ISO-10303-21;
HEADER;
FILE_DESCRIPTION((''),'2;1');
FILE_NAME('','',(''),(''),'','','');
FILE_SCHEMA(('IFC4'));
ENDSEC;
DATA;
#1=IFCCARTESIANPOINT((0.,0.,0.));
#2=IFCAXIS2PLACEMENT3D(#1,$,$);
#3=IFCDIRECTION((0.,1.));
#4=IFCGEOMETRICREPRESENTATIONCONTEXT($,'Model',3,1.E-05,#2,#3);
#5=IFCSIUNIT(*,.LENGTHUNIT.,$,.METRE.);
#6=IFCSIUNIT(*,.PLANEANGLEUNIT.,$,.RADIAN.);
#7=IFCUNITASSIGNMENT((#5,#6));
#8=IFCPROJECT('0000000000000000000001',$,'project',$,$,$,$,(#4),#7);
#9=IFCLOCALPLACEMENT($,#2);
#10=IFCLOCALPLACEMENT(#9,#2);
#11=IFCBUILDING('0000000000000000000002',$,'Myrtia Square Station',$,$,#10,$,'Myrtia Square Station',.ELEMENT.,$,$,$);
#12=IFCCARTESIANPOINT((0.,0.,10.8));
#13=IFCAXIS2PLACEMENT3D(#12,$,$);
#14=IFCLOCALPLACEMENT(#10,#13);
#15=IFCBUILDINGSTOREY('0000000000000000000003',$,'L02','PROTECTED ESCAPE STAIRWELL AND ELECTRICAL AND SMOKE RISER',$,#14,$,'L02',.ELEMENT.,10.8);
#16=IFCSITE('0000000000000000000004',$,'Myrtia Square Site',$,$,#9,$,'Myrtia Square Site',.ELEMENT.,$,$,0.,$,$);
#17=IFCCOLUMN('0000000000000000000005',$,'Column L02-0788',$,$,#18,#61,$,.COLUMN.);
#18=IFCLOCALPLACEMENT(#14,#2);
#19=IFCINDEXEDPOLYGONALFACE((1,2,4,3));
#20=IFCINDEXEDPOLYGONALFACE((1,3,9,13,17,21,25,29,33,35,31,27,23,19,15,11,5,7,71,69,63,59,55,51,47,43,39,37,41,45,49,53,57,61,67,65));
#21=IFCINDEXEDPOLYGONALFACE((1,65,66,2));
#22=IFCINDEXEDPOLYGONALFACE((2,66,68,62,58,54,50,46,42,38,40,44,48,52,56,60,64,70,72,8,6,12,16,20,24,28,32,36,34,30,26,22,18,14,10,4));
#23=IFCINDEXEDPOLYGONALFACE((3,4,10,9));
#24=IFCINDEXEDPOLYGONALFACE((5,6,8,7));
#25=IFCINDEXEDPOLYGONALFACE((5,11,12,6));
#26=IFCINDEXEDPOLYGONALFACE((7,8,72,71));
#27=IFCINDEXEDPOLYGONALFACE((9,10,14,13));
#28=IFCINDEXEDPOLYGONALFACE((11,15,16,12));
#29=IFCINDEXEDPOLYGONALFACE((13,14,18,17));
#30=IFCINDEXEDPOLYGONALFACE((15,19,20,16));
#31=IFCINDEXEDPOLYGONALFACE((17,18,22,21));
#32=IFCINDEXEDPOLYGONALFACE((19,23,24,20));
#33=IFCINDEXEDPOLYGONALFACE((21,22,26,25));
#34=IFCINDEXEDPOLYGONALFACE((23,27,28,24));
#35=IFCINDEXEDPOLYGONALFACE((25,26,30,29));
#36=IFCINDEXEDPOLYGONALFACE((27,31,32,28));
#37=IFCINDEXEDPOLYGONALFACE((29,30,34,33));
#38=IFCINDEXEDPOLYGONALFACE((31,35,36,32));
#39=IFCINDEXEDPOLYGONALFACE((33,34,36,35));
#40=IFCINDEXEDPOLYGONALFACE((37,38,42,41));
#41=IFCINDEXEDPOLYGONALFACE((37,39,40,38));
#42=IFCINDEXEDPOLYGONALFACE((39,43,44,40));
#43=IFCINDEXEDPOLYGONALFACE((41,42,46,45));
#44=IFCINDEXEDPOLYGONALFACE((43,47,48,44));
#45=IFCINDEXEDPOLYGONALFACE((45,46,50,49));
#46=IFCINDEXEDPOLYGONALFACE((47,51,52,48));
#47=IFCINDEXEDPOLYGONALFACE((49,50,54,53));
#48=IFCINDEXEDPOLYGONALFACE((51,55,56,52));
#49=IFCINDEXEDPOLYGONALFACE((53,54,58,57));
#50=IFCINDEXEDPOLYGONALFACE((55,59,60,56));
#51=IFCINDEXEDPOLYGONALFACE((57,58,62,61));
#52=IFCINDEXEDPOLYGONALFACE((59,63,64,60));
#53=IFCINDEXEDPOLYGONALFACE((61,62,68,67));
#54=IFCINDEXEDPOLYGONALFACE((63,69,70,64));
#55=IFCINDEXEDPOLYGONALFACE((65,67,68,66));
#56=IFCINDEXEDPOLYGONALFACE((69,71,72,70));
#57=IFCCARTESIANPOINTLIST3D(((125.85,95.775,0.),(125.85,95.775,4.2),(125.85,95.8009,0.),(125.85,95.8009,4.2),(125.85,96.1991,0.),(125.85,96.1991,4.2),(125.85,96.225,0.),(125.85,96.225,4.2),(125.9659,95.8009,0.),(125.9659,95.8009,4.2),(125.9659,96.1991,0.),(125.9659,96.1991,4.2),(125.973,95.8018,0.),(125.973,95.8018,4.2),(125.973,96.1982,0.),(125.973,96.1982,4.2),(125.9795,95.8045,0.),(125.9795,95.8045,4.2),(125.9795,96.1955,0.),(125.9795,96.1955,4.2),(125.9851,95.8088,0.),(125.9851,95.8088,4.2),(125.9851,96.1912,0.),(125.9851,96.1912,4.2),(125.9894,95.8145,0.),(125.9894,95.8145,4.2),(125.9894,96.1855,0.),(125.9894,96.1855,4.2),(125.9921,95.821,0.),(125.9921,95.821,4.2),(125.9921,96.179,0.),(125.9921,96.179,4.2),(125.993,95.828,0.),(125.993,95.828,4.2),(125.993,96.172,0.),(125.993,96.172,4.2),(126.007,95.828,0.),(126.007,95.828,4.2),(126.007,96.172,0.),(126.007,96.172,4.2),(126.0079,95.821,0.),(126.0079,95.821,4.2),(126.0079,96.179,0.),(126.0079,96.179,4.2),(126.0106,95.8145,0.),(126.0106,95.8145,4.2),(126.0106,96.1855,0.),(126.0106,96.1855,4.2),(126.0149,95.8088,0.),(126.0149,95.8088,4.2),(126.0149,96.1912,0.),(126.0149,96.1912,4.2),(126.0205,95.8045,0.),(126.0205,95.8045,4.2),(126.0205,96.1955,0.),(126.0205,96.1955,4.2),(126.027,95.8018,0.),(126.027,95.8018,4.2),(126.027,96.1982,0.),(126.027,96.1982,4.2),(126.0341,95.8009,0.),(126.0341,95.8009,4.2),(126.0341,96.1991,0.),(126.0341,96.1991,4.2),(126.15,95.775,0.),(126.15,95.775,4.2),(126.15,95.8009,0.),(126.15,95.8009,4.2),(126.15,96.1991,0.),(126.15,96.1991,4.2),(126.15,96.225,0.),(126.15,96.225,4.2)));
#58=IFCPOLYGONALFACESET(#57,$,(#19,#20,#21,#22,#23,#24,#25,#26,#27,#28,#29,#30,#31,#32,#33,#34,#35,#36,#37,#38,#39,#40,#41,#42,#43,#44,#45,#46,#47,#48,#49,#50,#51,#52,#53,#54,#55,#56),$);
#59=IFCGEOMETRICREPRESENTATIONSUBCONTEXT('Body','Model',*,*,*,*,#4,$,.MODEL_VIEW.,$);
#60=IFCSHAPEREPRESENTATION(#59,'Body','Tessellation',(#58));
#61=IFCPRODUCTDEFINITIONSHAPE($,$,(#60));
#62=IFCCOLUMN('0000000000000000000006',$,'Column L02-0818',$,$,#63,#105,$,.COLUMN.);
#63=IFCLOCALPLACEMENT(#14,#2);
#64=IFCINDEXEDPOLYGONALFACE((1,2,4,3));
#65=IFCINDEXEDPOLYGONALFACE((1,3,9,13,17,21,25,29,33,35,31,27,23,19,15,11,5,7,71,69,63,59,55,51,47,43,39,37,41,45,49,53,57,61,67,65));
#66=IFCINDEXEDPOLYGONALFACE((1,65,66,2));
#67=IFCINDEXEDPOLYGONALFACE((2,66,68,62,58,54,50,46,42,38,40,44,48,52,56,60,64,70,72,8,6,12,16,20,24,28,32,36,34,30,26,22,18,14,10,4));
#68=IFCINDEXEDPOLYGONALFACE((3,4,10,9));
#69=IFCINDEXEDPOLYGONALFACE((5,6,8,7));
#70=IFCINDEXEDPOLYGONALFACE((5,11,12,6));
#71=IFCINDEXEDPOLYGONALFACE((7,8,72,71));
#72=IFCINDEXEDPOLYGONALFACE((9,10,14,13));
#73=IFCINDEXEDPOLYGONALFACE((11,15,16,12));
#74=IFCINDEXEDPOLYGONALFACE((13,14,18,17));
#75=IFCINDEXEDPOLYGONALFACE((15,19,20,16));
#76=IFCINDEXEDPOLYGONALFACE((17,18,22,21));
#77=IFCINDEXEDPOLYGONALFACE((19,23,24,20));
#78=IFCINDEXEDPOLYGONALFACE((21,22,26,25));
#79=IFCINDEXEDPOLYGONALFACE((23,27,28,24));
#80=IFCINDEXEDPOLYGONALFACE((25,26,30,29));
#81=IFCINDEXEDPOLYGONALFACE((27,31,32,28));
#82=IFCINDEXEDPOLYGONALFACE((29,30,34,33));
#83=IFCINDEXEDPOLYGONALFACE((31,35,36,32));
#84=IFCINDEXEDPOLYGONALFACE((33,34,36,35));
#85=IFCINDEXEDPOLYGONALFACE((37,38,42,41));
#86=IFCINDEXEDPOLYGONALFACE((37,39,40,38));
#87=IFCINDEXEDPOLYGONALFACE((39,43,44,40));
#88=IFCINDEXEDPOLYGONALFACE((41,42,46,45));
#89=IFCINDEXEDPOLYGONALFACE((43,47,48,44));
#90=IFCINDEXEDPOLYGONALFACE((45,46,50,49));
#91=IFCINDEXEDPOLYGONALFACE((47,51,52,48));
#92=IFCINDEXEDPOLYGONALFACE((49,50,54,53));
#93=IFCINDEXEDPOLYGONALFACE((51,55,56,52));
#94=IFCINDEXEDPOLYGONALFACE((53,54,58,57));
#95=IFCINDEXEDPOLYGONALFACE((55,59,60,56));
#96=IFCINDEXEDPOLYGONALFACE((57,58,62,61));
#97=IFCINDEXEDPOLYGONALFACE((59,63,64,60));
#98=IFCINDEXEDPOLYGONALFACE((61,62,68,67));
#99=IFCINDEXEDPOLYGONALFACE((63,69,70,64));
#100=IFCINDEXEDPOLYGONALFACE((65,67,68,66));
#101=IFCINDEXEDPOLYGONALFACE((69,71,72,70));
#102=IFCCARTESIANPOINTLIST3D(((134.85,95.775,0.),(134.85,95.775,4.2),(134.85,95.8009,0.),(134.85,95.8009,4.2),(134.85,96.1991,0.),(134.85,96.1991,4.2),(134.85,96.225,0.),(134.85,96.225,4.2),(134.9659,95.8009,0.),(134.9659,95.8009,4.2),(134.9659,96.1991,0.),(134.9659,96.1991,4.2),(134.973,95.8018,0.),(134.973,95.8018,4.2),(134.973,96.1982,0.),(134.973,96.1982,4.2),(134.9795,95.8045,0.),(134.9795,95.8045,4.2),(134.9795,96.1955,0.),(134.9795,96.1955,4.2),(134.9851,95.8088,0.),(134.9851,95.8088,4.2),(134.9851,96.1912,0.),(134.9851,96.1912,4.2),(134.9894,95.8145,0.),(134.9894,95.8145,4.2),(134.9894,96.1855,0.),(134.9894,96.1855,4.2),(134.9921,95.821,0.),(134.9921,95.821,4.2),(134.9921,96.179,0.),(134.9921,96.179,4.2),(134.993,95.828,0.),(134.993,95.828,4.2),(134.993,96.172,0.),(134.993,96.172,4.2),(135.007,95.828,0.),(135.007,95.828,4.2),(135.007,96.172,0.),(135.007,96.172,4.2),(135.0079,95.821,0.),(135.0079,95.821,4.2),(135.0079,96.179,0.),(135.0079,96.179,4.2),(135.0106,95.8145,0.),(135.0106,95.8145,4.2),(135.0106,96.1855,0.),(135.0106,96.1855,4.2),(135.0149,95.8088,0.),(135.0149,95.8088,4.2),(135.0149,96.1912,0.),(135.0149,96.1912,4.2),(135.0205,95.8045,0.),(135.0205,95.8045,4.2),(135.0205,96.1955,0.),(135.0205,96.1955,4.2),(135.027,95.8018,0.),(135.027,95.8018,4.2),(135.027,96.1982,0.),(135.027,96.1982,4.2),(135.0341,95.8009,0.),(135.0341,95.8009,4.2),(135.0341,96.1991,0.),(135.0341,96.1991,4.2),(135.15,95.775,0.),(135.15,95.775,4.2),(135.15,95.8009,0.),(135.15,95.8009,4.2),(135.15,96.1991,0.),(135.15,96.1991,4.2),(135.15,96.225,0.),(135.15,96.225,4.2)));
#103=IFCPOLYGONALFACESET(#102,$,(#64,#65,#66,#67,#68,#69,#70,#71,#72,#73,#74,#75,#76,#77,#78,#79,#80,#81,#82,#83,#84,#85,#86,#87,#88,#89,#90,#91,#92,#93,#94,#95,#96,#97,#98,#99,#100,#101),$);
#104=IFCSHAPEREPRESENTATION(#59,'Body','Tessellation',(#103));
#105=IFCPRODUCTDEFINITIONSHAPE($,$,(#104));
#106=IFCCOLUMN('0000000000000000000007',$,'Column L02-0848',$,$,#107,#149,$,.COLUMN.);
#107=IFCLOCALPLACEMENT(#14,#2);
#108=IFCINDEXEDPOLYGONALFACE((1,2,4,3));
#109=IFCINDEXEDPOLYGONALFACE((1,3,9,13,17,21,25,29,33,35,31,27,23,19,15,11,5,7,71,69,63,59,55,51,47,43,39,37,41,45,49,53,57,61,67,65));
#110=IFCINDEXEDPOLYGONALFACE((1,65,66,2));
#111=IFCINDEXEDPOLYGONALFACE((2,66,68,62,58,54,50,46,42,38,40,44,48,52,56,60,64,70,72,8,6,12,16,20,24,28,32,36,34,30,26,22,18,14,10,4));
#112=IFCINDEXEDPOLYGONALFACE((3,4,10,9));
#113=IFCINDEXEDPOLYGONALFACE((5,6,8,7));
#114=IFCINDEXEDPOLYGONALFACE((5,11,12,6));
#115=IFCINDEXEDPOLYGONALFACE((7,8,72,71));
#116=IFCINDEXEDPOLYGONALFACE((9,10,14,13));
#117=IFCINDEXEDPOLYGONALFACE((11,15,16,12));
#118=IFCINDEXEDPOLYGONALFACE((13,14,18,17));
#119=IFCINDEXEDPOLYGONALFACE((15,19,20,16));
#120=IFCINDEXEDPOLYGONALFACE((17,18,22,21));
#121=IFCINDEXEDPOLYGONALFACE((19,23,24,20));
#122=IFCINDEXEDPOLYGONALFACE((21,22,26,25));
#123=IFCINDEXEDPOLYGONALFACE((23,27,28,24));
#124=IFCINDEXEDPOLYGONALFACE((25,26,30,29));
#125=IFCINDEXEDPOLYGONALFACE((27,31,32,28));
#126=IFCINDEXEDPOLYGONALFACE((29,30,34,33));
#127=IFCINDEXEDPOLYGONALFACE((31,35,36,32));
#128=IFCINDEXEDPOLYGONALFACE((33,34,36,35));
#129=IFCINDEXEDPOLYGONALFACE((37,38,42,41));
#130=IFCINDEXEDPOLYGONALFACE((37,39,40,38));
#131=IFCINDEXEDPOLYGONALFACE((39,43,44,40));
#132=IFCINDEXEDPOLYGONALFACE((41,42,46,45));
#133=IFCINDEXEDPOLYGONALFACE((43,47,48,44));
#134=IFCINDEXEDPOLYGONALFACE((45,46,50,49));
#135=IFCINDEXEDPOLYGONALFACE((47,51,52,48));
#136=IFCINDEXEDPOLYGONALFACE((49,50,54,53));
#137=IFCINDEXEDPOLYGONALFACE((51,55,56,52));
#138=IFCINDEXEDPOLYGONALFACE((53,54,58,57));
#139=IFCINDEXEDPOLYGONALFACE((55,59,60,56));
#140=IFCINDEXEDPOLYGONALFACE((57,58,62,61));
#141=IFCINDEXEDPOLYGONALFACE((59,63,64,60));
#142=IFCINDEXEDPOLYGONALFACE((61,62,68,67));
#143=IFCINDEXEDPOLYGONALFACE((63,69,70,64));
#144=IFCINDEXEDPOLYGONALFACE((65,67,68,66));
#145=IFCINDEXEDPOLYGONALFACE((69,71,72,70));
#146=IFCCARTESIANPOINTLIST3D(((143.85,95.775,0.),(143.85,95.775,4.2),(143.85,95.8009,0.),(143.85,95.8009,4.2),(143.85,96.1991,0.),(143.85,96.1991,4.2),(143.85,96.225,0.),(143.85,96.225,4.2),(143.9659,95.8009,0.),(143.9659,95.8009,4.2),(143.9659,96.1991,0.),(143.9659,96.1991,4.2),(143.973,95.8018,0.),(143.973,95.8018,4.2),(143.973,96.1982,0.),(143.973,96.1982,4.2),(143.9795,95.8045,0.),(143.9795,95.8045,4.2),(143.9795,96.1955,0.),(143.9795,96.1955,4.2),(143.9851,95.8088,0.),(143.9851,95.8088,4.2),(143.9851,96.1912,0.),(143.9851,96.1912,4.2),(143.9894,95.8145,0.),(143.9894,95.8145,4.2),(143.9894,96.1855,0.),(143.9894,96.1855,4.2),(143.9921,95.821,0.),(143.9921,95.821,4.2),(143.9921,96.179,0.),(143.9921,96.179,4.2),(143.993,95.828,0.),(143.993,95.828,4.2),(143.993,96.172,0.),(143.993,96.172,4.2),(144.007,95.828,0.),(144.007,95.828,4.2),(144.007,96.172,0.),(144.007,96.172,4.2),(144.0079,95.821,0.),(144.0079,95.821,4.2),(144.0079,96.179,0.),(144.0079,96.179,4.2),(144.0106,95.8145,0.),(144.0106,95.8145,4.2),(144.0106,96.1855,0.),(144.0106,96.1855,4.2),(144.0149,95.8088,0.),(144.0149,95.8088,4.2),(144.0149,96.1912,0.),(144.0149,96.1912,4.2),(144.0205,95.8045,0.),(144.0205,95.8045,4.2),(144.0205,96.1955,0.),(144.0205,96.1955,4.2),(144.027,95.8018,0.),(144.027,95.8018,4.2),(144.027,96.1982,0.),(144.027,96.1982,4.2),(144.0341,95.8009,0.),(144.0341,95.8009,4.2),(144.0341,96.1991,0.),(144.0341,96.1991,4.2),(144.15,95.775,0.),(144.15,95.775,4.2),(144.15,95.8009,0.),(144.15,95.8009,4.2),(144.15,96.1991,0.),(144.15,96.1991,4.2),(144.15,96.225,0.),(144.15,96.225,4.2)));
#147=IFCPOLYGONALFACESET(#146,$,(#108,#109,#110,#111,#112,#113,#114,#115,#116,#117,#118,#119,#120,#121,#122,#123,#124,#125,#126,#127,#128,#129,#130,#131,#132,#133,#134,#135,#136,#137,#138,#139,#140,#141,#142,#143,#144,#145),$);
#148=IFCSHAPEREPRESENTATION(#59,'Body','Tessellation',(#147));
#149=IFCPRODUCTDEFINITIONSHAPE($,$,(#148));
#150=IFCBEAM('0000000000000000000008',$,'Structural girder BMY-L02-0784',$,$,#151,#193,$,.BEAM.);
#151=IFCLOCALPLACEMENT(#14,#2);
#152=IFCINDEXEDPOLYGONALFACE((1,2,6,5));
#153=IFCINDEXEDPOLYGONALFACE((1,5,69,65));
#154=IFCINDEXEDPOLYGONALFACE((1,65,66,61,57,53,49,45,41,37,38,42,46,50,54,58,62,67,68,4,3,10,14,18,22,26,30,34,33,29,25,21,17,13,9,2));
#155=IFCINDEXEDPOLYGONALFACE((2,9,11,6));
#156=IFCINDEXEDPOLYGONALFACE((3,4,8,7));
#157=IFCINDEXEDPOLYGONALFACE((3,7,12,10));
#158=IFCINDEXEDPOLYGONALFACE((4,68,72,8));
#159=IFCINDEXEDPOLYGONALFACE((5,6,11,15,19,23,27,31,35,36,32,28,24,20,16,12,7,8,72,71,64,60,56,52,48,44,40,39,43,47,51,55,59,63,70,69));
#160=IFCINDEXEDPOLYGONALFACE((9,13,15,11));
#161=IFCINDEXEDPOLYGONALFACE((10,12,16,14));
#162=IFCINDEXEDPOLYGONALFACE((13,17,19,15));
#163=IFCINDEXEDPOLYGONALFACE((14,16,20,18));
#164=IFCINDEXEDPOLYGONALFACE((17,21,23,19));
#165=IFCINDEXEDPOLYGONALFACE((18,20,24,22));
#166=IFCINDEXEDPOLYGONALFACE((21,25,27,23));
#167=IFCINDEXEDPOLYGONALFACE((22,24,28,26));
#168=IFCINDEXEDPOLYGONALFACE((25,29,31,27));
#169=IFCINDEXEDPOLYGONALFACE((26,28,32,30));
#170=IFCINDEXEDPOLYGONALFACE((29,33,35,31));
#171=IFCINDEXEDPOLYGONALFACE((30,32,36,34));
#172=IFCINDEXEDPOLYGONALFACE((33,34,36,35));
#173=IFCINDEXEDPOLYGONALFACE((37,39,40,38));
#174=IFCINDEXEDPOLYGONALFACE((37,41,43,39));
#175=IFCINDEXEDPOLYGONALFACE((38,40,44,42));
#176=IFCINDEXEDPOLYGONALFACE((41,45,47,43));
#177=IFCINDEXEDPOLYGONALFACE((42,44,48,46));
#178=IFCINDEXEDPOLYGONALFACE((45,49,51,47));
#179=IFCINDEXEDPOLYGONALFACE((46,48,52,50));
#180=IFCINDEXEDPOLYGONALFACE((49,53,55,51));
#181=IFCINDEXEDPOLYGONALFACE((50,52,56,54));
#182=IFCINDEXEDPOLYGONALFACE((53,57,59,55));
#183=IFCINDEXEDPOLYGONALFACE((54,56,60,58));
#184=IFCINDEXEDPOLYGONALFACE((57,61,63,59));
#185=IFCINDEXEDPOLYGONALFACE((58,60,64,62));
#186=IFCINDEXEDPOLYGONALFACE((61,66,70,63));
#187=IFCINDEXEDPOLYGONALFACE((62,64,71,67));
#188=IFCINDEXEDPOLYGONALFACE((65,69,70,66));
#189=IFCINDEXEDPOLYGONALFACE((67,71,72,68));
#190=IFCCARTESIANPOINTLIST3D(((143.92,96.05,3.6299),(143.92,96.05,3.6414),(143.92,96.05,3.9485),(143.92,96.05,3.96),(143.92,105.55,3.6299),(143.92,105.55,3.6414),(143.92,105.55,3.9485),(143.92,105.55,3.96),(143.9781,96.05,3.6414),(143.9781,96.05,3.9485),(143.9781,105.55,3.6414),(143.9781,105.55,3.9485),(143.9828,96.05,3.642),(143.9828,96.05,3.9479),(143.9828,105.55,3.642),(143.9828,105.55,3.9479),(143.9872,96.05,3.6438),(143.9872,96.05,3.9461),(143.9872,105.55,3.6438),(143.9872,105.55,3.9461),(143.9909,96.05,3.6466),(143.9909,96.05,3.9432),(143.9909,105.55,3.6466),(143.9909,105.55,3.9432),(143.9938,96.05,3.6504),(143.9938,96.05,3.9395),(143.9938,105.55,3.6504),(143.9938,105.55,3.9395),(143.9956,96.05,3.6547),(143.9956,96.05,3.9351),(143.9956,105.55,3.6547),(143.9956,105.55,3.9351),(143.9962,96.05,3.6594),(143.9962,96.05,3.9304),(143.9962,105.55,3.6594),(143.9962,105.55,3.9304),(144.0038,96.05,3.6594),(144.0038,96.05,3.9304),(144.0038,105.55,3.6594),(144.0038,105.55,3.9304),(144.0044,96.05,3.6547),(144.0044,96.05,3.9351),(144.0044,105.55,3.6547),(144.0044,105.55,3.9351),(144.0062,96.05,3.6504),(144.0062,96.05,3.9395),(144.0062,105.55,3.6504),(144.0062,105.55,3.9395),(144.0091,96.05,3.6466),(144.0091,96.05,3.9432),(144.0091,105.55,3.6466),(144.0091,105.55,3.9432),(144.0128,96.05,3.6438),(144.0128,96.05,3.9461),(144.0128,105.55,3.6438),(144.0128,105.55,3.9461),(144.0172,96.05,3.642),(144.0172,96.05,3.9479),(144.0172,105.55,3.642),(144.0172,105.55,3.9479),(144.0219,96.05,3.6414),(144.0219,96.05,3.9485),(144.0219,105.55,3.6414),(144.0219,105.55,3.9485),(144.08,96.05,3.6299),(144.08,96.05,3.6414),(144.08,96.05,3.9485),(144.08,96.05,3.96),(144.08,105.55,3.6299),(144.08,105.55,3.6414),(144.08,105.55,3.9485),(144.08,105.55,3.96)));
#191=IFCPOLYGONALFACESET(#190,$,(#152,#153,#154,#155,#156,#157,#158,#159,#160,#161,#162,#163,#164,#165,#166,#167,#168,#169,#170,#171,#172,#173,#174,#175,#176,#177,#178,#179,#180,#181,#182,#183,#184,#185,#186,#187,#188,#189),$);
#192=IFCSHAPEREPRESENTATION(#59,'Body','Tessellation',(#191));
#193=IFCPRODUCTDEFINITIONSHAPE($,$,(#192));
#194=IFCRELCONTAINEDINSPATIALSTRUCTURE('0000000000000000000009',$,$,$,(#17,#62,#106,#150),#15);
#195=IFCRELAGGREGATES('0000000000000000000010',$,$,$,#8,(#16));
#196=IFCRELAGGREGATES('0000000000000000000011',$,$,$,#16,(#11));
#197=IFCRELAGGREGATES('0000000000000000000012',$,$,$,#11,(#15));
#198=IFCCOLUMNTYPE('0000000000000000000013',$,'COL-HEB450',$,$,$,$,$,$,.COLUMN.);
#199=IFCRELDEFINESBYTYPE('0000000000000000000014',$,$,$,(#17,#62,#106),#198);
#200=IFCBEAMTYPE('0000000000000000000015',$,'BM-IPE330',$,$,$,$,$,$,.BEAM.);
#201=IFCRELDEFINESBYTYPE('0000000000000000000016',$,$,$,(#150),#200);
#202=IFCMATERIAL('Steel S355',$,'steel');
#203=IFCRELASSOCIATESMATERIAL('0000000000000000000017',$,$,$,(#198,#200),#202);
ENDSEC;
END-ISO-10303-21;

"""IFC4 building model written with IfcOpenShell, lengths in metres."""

from ifc_helpers import new_model, si_unit, direction, frame, origin, origin_2d, place, context, subcontext, project, spatial, i_section, extrude, material, material_profile, profile_set, type_object, element, save


model = new_model("IFC4")

# Units and contexts
model_context = context("Model", 3, precision=1e-05, world=origin(), true_north=direction((0.0, 1.0)))
body_context = subcontext(model_context, "Body", "Model", "MODEL_VIEW")
ifc_project = project(units=[si_unit("LENGTHUNIT", "METRE"), si_unit("PLANEANGLEUNIT", "RADIAN")], contexts=[model_context])

# Site, building, storey
site_placement = place(None, origin())
site = spatial("IfcSite", under=ifc_project, at=site_placement, Name="Myrtia Square Site", LongName="Myrtia Square Site", CompositionType="ELEMENT", RefElevation=0.0)
building_placement = place(site_placement, origin())
building = spatial("IfcBuilding", under=site, at=building_placement, Name="Myrtia Square Station", LongName="Myrtia Square Station", CompositionType="ELEMENT")
storey_placement = place(building_placement, frame((0.0, 0.0, 10.8)))
storey = spatial("IfcBuildingStorey", under=building, at=storey_placement, Name="L02", Description="PROTECTED ESCAPE STAIRWELL AND ELECTRICAL AND SMOKE RISER", LongName="L02", CompositionType="ELEMENT", Elevation=10.8)

# Columns
ifc_material_1 = material(Name="Steel S355", Category="steel")
ifc_material_profile_1 = material_profile(ifc_material_1, i_section(OverallWidth=0.3, OverallDepth=0.45, WebThickness=0.0139, FlangeThickness=0.0259, FilletRadius=0.0271, at=origin_2d()), Name="HEB 450")
ifc_profile_set_1 = profile_set([ifc_material_profile_1], Name="Steel S355")
column_type = type_object("IfcColumnType", Name="COL-HEB450", PredefinedType="COLUMN", material=ifc_profile_set_1)
for number, where, z_axis, x_axis, name in (
    (1, (126.0, 96.0, 0.0), (0.0, 0.0, 1.0), (1.0, 0.0, 0.0), "Column L02-0788"),
    (2, (135.0, 96.0, 0.0), (0.0, 0.0, 1.0), (1.0, 0.0, 0.0), "Column L02-0818"),
    (3, (144.0, 96.0, 0.0), (0.0, 0.0, 1.0), (1.0, 0.0, 0.0), "Column L02-0848"),
):
    element("IfcColumn", number, at=place(storey_placement, frame(where, z_axis=z_axis, x_axis=x_axis)), inside=storey, type_object=column_type, Name=name, PredefinedType="COLUMN", context=body_context, shape_type="SweptSolid", body=[
        extrude(i_section(OverallWidth=0.3, OverallDepth=0.45, WebThickness=0.0139, FlangeThickness=0.0259, FilletRadius=0.0271, at=origin_2d()), origin(), (0.0, 0.0, 1.0), 4.2),
    ])

# Beam
ifc_material_profile_2 = material_profile(ifc_material_1, i_section(OverallWidth=0.1599, OverallDepth=0.3301, WebThickness=0.0076, FlangeThickness=0.0115, FilletRadius=0.0181, at=origin_2d()), Name="IPE 330")
ifc_profile_set_2 = profile_set([ifc_material_profile_2], Name="Steel S355")
beam_type_1 = type_object("IfcBeamType", Name="BM-IPE330", PredefinedType="BEAM", material=ifc_profile_set_2)
beam_1_placement = place(storey_placement, frame((144.0, 96.05, 3.7949), z_axis=(0.0, 1.0, 0.0), x_axis=(-1.0, 0.0, 0.0)))
element("IfcBeam", 4, at=beam_1_placement, inside=storey, type_object=beam_type_1, Name="Structural girder BMY-L02-0784", PredefinedType="BEAM", context=body_context, shape_type="SweptSolid", body=[
    extrude(i_section(OverallWidth=0.1599, OverallDepth=0.3301, WebThickness=0.0076, FlangeThickness=0.0115, FilletRadius=0.0181, at=origin_2d()), origin(), (0.0, 0.0, 1.0), 9.5),
])

save(model, "model.ifc")
